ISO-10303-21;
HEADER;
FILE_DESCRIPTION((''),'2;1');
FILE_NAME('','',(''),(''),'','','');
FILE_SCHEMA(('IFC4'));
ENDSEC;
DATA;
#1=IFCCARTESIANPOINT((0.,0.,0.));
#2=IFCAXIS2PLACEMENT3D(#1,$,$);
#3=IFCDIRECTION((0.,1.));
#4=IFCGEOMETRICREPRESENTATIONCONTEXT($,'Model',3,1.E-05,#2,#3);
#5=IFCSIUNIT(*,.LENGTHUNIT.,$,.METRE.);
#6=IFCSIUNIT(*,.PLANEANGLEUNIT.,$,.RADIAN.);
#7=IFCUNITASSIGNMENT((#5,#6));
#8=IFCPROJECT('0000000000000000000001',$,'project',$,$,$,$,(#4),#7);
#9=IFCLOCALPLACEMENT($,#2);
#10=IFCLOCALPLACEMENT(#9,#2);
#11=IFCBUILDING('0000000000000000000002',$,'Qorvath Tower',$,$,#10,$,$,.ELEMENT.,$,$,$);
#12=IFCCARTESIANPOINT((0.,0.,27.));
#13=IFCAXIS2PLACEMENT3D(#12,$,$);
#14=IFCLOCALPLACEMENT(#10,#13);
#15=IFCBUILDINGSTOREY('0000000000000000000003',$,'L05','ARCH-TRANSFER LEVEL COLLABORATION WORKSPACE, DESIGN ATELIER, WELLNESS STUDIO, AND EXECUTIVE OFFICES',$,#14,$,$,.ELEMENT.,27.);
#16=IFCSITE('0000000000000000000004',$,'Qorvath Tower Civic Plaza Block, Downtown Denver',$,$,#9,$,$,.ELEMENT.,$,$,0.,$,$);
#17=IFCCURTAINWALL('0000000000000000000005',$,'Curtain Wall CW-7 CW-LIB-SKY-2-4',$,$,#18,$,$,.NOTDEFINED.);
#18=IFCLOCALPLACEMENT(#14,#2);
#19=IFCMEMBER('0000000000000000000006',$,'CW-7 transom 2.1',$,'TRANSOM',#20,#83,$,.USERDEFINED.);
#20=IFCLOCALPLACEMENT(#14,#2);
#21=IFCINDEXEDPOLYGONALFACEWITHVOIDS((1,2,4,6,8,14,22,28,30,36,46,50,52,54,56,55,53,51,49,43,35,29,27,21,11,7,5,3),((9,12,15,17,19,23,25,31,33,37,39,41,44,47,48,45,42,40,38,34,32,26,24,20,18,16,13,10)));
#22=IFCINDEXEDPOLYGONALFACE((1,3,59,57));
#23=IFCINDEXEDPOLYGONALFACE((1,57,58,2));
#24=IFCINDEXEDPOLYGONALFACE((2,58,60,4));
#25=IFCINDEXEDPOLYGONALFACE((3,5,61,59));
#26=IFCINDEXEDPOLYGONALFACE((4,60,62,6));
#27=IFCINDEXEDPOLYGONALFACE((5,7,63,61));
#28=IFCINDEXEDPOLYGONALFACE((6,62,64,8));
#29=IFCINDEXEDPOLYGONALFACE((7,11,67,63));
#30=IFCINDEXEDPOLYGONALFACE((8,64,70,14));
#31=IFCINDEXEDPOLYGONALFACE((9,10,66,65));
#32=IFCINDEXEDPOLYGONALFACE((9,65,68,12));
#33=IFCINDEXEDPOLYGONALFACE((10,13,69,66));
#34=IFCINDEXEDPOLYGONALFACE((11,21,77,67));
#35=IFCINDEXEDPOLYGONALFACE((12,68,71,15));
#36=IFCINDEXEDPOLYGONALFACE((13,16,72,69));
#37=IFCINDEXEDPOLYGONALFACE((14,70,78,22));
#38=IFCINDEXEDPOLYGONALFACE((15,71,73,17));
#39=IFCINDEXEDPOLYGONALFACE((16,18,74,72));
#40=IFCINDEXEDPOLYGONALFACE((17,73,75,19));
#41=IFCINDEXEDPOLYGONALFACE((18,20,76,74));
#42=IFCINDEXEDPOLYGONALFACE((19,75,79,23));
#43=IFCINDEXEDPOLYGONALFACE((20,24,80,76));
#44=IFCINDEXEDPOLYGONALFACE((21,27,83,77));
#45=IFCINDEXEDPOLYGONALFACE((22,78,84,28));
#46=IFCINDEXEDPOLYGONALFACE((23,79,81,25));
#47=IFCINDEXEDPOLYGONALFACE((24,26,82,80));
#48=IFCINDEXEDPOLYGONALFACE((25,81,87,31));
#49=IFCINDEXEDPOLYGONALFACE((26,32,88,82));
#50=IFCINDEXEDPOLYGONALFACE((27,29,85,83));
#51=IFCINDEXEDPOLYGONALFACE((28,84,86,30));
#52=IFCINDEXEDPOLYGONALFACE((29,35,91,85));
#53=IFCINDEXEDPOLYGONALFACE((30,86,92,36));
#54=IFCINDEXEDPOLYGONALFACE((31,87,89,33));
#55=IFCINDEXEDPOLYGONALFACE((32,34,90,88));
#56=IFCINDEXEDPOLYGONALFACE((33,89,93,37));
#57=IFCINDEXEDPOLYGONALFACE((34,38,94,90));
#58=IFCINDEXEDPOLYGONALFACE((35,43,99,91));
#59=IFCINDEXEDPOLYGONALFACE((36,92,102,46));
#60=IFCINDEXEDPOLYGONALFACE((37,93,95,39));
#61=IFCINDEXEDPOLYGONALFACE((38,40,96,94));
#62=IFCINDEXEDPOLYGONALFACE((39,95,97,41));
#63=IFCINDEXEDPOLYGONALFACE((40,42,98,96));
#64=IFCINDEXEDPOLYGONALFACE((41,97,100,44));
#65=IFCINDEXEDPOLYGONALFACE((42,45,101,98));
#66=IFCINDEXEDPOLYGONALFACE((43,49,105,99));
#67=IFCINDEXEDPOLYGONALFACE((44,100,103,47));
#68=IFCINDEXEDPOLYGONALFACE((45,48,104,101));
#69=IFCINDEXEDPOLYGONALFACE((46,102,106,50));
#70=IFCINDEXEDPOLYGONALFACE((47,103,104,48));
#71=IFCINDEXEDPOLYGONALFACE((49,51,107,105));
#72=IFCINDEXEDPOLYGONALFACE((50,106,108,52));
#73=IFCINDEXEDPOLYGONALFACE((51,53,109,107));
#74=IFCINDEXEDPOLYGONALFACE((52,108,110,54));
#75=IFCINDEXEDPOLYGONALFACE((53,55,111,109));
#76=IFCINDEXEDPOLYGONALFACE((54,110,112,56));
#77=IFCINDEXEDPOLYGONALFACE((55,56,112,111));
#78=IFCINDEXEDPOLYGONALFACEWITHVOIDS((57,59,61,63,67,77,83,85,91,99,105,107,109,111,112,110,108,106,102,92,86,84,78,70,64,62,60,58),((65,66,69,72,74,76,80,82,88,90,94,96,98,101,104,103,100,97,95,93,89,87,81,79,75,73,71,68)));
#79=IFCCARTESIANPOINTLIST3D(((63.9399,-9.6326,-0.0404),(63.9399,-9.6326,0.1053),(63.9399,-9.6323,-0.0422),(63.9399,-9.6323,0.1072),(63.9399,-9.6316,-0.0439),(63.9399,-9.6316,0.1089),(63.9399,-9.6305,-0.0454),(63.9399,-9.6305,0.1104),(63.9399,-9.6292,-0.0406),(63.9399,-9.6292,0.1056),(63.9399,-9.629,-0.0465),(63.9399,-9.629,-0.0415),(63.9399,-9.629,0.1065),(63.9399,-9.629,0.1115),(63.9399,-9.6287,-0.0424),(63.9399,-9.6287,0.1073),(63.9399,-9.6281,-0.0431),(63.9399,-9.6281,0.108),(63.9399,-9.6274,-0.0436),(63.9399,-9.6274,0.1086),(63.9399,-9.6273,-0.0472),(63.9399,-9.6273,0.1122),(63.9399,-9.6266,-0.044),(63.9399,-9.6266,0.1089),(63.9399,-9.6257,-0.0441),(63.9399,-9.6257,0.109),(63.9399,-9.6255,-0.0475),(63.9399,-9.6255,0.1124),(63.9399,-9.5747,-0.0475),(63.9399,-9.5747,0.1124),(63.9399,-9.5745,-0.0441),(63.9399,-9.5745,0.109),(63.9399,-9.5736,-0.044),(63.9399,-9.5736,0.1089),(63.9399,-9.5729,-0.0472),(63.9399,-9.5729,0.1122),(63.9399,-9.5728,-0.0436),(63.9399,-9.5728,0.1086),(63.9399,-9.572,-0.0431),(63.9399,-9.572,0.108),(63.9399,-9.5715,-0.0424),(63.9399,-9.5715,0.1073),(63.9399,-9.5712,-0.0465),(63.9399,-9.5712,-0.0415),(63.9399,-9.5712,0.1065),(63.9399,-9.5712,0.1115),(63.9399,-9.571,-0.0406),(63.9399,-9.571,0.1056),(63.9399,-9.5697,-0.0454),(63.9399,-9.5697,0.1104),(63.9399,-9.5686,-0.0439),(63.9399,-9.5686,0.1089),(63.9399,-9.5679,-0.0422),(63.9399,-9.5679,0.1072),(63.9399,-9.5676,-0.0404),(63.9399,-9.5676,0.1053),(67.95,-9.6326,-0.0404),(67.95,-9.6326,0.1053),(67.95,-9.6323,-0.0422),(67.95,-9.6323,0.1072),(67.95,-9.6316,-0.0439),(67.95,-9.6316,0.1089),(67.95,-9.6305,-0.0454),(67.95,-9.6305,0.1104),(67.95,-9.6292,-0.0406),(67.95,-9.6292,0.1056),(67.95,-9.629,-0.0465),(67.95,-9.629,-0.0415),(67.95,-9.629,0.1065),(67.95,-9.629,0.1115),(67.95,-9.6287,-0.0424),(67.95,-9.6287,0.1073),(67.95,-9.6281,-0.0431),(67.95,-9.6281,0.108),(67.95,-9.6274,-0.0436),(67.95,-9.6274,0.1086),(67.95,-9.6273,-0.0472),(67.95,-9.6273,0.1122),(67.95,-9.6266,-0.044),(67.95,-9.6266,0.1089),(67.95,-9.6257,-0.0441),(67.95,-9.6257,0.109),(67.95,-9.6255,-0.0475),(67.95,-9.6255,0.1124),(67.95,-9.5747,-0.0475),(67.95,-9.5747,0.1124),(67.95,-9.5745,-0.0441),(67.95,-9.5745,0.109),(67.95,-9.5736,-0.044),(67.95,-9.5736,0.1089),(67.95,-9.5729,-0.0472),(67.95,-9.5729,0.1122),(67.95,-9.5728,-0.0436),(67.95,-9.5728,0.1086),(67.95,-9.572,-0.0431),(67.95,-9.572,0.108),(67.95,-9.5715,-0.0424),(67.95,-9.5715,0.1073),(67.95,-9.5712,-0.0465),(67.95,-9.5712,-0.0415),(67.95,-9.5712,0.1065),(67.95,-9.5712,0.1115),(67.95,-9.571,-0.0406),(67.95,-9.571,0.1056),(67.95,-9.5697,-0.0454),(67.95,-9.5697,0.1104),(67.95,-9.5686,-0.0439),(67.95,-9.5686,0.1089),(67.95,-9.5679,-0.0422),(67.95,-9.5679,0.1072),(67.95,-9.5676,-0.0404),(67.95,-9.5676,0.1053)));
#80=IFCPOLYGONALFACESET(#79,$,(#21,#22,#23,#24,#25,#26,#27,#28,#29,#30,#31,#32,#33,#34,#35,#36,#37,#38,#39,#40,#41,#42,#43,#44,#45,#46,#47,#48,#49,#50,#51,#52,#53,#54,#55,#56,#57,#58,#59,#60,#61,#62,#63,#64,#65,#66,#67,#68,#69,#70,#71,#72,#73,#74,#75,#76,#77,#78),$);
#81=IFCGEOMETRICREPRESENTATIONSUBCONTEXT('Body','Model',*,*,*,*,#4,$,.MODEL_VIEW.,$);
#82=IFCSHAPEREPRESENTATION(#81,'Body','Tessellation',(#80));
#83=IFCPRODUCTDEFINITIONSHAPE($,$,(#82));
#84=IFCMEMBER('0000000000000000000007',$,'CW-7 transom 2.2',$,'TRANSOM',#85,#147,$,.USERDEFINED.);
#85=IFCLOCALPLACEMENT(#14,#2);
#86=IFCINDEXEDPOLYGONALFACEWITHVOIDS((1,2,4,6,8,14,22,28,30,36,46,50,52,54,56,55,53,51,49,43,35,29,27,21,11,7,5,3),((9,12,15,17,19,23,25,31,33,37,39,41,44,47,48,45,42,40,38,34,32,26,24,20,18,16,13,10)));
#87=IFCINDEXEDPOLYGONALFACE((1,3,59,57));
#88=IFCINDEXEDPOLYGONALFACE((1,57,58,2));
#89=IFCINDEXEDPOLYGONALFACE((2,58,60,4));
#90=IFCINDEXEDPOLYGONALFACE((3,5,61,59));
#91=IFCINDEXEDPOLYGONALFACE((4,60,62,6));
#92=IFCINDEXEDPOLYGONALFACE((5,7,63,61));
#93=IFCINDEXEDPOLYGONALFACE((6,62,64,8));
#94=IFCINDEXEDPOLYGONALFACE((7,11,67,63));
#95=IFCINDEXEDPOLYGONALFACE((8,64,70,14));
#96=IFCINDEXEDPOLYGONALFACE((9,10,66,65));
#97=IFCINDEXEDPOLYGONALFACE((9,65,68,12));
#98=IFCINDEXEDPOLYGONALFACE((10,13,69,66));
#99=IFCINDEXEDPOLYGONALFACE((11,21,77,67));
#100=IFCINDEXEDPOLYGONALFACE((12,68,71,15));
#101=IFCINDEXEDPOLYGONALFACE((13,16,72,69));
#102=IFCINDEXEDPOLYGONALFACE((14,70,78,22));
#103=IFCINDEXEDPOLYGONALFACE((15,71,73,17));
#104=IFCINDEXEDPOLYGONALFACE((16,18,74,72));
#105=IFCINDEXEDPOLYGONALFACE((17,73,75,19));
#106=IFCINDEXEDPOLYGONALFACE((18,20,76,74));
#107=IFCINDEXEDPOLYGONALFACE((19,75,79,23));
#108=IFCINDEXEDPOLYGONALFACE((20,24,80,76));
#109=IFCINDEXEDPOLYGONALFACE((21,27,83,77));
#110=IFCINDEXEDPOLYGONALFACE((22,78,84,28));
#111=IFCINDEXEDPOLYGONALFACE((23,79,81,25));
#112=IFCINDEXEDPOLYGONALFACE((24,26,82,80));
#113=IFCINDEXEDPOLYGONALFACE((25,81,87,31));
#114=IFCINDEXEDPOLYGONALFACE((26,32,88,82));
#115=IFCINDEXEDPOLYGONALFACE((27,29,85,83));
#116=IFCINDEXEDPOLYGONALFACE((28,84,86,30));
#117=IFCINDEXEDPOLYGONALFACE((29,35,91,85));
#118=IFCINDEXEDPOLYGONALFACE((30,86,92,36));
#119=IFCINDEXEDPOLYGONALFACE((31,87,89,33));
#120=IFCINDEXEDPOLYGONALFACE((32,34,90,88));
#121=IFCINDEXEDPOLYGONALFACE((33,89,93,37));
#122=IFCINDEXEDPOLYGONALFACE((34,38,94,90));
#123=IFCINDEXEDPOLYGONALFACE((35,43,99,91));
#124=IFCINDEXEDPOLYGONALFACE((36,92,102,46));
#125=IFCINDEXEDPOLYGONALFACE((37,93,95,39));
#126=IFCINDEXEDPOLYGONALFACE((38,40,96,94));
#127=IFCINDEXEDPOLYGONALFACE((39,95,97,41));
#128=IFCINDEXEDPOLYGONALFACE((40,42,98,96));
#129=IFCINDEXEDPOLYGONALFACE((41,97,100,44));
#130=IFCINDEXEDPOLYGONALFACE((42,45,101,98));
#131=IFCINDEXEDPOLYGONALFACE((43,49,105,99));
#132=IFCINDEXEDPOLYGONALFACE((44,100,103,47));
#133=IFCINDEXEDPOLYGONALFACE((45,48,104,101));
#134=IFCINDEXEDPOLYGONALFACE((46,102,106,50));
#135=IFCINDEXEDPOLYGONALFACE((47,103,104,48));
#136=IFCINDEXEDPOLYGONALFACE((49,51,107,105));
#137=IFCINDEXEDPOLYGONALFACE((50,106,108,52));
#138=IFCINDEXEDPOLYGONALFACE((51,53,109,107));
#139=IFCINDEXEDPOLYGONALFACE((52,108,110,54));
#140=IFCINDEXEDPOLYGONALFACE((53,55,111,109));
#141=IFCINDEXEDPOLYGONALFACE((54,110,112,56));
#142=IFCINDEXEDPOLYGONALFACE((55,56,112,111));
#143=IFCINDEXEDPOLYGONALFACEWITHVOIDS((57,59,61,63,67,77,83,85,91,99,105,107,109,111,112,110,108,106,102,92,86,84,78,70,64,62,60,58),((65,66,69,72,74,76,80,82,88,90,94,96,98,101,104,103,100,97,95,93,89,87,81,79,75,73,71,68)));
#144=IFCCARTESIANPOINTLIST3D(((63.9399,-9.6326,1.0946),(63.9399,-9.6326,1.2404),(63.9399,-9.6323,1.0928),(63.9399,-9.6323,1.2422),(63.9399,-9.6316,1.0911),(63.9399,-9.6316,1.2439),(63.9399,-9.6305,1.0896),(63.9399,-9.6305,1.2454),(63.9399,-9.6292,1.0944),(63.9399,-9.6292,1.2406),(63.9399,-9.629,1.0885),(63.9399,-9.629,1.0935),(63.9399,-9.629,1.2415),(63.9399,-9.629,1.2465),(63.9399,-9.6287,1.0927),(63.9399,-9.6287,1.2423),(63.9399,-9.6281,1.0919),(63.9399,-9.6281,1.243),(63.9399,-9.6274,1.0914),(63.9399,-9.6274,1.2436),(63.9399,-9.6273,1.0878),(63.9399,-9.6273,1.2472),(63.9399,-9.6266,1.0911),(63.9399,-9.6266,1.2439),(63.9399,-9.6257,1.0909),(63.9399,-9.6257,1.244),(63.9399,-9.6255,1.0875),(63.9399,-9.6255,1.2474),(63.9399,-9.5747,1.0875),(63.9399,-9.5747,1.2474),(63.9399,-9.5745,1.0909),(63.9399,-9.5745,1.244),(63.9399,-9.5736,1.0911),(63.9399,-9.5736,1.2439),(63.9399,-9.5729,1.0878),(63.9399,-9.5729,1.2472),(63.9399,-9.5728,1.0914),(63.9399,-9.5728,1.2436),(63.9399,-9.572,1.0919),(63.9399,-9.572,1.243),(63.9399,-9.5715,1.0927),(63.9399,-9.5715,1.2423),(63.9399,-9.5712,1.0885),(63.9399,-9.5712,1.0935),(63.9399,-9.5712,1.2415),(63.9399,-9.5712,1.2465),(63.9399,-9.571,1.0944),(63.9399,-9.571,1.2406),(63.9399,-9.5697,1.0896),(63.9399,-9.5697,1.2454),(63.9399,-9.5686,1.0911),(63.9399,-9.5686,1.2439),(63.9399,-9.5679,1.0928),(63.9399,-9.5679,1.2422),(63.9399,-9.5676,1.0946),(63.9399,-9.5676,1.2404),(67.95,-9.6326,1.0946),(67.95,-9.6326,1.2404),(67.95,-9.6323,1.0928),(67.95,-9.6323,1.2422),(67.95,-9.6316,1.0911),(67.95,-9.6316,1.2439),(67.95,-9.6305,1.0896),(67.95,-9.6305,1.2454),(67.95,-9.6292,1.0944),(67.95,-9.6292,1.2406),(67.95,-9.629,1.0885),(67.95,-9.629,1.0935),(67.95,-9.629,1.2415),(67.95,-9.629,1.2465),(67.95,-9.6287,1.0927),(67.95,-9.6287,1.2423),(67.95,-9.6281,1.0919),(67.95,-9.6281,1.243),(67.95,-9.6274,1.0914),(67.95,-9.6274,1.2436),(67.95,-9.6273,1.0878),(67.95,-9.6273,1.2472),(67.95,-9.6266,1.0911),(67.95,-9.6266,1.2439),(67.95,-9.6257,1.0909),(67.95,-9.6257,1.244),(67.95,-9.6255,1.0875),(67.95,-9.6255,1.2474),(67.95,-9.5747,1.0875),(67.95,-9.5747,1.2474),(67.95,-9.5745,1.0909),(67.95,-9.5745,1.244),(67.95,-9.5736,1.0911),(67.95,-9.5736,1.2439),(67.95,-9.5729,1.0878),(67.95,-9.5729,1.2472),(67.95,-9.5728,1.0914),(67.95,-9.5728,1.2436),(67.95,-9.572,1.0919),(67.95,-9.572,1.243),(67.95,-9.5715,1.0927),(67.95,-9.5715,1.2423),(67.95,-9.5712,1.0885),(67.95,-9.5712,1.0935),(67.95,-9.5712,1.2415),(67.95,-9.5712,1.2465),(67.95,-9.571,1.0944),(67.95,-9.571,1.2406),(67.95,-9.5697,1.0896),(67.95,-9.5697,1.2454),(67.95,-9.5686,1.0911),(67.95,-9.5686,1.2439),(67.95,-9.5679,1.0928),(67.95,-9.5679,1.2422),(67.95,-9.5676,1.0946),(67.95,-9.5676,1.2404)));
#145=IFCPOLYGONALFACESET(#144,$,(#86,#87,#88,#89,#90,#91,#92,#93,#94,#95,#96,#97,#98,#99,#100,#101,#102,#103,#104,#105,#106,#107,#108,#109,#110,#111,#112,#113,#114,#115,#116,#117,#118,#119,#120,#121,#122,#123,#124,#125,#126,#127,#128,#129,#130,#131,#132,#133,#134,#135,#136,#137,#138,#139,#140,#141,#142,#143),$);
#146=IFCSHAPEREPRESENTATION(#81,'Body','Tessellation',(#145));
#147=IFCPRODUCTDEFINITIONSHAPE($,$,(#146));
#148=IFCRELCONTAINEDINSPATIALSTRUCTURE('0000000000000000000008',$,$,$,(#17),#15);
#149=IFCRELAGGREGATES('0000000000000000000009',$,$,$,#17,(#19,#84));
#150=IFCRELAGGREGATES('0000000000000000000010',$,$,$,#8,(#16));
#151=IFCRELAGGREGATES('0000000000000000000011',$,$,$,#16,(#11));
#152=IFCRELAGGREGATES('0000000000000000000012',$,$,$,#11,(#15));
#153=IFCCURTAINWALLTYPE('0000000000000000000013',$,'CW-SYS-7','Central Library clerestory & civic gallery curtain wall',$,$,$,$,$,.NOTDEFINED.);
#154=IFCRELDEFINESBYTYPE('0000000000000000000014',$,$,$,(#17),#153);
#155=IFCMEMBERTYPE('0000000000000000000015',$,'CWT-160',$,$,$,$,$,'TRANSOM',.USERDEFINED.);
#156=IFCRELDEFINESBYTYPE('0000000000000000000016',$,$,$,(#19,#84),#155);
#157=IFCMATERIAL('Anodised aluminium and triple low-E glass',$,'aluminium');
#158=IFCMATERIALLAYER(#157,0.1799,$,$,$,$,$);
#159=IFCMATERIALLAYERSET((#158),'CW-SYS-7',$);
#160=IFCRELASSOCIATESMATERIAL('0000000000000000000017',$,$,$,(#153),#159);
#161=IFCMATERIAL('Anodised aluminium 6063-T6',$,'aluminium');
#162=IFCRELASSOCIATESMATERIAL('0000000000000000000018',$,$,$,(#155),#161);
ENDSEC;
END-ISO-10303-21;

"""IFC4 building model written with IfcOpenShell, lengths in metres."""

from ifc_helpers import new_model, si_unit, direction, frame, origin, origin_2d, place, context, subcontext, project, spatial, hollow_rectangle, extrude, material, layer, layer_set, material_profile, profile_set, type_object, element, aggregate, save


model = new_model("IFC4")

# Units and contexts
model_context = context("Model", 3, precision=1e-05, world=origin(), true_north=direction((0.0, 1.0)))
body_context = subcontext(model_context, "Body", "Model", "MODEL_VIEW")
ifc_project = project(units=[si_unit("LENGTHUNIT", "METRE"), si_unit("PLANEANGLEUNIT", "RADIAN")], contexts=[model_context])

# Site, building, storey
site_placement = place(None, origin())
site = spatial("IfcSite", under=ifc_project, at=site_placement, Name="Qorvath Tower Civic Plaza Block, Downtown Denver", CompositionType="ELEMENT", RefElevation=0.0)
building_placement = place(site_placement, origin())
building = spatial("IfcBuilding", under=site, at=building_placement, Name="Qorvath Tower", CompositionType="ELEMENT")
storey_placement = place(building_placement, frame((0.0, 0.0, 27.0)))
storey = spatial("IfcBuildingStorey", under=building, at=storey_placement, Name="L05", Description="ARCH-TRANSFER LEVEL COLLABORATION WORKSPACE, DESIGN ATELIER, WELLNESS STUDIO, AND EXECUTIVE OFFICES", CompositionType="ELEMENT", Elevation=27.0)

# Shared definitions
ifc_material_1 = material(Name="Anodised aluminium and triple low-E glass", Category="aluminium")
ifc_layer_1 = layer(ifc_material_1, 0.1799)
ifc_layer_set_1 = layer_set([ifc_layer_1], Name="CW-SYS-7")
curtain_wall_type = type_object("IfcCurtainWallType", Name="CW-SYS-7", Description="Central Library clerestory & civic gallery curtain wall", PredefinedType="NOTDEFINED", material=ifc_layer_set_1)

# Curtain wall
curtain_wall_1_placement = place(storey_placement, origin())
curtain_wall_1 = element("IfcCurtainWall", 1, at=curtain_wall_1_placement, inside=storey, type_object=curtain_wall_type, Name="Curtain Wall CW-7 CW-LIB-SKY-2-4", PredefinedType="NOTDEFINED")

# Members
ifc_material_2 = material(Name="Anodised aluminium 6063-T6", Category="aluminium")
ifc_material_profile_1 = material_profile(ifc_material_2, hollow_rectangle(XDim=0.0649, YDim=0.1599, WallThickness=0.0034, InnerFilletRadius=0.0034, OuterFilletRadius=0.0071, at=origin_2d()), Name="CWT 160x65")
ifc_profile_set_1 = profile_set([ifc_material_profile_1], Name="Anodised aluminium 6063-T6")
member_type_1 = type_object("IfcMemberType", Name="CWT-160", ElementType="TRANSOM", PredefinedType="USERDEFINED", material=ifc_profile_set_1)
member_1_placement = place(storey_placement, frame((63.9399, -9.6001, 0.0325), z_axis=(1.0, 0.0, 0.0), x_axis=(0.0, 1.0, 0.0)))
member_1 = element("IfcMember", 2, at=member_1_placement, type_object=member_type_1, Name="CW-7 transom 2.1", ObjectType="TRANSOM", PredefinedType="USERDEFINED", context=body_context, shape_type="SweptSolid", body=[
    extrude(hollow_rectangle(XDim=0.0649, YDim=0.1599, WallThickness=0.0034, InnerFilletRadius=0.0034, OuterFilletRadius=0.0071, at=origin_2d()), origin(), (0.0, 0.0, 1.0), 4.01),
])
member_2_placement = place(storey_placement, frame((63.9399, -9.6001, 1.1675), z_axis=(1.0, 0.0, 0.0), x_axis=(0.0, 1.0, 0.0)))
member_2 = element("IfcMember", 3, at=member_2_placement, type_object=member_type_1, Name="CW-7 transom 2.2", ObjectType="TRANSOM", PredefinedType="USERDEFINED", context=body_context, shape_type="SweptSolid", body=[
    extrude(hollow_rectangle(XDim=0.0649, YDim=0.1599, WallThickness=0.0034, InnerFilletRadius=0.0034, OuterFilletRadius=0.0071, at=origin_2d()), origin(), (0.0, 0.0, 1.0), 4.01),
])

aggregate(curtain_wall_1, [member_1, member_2])

save(model, "model.ifc")
